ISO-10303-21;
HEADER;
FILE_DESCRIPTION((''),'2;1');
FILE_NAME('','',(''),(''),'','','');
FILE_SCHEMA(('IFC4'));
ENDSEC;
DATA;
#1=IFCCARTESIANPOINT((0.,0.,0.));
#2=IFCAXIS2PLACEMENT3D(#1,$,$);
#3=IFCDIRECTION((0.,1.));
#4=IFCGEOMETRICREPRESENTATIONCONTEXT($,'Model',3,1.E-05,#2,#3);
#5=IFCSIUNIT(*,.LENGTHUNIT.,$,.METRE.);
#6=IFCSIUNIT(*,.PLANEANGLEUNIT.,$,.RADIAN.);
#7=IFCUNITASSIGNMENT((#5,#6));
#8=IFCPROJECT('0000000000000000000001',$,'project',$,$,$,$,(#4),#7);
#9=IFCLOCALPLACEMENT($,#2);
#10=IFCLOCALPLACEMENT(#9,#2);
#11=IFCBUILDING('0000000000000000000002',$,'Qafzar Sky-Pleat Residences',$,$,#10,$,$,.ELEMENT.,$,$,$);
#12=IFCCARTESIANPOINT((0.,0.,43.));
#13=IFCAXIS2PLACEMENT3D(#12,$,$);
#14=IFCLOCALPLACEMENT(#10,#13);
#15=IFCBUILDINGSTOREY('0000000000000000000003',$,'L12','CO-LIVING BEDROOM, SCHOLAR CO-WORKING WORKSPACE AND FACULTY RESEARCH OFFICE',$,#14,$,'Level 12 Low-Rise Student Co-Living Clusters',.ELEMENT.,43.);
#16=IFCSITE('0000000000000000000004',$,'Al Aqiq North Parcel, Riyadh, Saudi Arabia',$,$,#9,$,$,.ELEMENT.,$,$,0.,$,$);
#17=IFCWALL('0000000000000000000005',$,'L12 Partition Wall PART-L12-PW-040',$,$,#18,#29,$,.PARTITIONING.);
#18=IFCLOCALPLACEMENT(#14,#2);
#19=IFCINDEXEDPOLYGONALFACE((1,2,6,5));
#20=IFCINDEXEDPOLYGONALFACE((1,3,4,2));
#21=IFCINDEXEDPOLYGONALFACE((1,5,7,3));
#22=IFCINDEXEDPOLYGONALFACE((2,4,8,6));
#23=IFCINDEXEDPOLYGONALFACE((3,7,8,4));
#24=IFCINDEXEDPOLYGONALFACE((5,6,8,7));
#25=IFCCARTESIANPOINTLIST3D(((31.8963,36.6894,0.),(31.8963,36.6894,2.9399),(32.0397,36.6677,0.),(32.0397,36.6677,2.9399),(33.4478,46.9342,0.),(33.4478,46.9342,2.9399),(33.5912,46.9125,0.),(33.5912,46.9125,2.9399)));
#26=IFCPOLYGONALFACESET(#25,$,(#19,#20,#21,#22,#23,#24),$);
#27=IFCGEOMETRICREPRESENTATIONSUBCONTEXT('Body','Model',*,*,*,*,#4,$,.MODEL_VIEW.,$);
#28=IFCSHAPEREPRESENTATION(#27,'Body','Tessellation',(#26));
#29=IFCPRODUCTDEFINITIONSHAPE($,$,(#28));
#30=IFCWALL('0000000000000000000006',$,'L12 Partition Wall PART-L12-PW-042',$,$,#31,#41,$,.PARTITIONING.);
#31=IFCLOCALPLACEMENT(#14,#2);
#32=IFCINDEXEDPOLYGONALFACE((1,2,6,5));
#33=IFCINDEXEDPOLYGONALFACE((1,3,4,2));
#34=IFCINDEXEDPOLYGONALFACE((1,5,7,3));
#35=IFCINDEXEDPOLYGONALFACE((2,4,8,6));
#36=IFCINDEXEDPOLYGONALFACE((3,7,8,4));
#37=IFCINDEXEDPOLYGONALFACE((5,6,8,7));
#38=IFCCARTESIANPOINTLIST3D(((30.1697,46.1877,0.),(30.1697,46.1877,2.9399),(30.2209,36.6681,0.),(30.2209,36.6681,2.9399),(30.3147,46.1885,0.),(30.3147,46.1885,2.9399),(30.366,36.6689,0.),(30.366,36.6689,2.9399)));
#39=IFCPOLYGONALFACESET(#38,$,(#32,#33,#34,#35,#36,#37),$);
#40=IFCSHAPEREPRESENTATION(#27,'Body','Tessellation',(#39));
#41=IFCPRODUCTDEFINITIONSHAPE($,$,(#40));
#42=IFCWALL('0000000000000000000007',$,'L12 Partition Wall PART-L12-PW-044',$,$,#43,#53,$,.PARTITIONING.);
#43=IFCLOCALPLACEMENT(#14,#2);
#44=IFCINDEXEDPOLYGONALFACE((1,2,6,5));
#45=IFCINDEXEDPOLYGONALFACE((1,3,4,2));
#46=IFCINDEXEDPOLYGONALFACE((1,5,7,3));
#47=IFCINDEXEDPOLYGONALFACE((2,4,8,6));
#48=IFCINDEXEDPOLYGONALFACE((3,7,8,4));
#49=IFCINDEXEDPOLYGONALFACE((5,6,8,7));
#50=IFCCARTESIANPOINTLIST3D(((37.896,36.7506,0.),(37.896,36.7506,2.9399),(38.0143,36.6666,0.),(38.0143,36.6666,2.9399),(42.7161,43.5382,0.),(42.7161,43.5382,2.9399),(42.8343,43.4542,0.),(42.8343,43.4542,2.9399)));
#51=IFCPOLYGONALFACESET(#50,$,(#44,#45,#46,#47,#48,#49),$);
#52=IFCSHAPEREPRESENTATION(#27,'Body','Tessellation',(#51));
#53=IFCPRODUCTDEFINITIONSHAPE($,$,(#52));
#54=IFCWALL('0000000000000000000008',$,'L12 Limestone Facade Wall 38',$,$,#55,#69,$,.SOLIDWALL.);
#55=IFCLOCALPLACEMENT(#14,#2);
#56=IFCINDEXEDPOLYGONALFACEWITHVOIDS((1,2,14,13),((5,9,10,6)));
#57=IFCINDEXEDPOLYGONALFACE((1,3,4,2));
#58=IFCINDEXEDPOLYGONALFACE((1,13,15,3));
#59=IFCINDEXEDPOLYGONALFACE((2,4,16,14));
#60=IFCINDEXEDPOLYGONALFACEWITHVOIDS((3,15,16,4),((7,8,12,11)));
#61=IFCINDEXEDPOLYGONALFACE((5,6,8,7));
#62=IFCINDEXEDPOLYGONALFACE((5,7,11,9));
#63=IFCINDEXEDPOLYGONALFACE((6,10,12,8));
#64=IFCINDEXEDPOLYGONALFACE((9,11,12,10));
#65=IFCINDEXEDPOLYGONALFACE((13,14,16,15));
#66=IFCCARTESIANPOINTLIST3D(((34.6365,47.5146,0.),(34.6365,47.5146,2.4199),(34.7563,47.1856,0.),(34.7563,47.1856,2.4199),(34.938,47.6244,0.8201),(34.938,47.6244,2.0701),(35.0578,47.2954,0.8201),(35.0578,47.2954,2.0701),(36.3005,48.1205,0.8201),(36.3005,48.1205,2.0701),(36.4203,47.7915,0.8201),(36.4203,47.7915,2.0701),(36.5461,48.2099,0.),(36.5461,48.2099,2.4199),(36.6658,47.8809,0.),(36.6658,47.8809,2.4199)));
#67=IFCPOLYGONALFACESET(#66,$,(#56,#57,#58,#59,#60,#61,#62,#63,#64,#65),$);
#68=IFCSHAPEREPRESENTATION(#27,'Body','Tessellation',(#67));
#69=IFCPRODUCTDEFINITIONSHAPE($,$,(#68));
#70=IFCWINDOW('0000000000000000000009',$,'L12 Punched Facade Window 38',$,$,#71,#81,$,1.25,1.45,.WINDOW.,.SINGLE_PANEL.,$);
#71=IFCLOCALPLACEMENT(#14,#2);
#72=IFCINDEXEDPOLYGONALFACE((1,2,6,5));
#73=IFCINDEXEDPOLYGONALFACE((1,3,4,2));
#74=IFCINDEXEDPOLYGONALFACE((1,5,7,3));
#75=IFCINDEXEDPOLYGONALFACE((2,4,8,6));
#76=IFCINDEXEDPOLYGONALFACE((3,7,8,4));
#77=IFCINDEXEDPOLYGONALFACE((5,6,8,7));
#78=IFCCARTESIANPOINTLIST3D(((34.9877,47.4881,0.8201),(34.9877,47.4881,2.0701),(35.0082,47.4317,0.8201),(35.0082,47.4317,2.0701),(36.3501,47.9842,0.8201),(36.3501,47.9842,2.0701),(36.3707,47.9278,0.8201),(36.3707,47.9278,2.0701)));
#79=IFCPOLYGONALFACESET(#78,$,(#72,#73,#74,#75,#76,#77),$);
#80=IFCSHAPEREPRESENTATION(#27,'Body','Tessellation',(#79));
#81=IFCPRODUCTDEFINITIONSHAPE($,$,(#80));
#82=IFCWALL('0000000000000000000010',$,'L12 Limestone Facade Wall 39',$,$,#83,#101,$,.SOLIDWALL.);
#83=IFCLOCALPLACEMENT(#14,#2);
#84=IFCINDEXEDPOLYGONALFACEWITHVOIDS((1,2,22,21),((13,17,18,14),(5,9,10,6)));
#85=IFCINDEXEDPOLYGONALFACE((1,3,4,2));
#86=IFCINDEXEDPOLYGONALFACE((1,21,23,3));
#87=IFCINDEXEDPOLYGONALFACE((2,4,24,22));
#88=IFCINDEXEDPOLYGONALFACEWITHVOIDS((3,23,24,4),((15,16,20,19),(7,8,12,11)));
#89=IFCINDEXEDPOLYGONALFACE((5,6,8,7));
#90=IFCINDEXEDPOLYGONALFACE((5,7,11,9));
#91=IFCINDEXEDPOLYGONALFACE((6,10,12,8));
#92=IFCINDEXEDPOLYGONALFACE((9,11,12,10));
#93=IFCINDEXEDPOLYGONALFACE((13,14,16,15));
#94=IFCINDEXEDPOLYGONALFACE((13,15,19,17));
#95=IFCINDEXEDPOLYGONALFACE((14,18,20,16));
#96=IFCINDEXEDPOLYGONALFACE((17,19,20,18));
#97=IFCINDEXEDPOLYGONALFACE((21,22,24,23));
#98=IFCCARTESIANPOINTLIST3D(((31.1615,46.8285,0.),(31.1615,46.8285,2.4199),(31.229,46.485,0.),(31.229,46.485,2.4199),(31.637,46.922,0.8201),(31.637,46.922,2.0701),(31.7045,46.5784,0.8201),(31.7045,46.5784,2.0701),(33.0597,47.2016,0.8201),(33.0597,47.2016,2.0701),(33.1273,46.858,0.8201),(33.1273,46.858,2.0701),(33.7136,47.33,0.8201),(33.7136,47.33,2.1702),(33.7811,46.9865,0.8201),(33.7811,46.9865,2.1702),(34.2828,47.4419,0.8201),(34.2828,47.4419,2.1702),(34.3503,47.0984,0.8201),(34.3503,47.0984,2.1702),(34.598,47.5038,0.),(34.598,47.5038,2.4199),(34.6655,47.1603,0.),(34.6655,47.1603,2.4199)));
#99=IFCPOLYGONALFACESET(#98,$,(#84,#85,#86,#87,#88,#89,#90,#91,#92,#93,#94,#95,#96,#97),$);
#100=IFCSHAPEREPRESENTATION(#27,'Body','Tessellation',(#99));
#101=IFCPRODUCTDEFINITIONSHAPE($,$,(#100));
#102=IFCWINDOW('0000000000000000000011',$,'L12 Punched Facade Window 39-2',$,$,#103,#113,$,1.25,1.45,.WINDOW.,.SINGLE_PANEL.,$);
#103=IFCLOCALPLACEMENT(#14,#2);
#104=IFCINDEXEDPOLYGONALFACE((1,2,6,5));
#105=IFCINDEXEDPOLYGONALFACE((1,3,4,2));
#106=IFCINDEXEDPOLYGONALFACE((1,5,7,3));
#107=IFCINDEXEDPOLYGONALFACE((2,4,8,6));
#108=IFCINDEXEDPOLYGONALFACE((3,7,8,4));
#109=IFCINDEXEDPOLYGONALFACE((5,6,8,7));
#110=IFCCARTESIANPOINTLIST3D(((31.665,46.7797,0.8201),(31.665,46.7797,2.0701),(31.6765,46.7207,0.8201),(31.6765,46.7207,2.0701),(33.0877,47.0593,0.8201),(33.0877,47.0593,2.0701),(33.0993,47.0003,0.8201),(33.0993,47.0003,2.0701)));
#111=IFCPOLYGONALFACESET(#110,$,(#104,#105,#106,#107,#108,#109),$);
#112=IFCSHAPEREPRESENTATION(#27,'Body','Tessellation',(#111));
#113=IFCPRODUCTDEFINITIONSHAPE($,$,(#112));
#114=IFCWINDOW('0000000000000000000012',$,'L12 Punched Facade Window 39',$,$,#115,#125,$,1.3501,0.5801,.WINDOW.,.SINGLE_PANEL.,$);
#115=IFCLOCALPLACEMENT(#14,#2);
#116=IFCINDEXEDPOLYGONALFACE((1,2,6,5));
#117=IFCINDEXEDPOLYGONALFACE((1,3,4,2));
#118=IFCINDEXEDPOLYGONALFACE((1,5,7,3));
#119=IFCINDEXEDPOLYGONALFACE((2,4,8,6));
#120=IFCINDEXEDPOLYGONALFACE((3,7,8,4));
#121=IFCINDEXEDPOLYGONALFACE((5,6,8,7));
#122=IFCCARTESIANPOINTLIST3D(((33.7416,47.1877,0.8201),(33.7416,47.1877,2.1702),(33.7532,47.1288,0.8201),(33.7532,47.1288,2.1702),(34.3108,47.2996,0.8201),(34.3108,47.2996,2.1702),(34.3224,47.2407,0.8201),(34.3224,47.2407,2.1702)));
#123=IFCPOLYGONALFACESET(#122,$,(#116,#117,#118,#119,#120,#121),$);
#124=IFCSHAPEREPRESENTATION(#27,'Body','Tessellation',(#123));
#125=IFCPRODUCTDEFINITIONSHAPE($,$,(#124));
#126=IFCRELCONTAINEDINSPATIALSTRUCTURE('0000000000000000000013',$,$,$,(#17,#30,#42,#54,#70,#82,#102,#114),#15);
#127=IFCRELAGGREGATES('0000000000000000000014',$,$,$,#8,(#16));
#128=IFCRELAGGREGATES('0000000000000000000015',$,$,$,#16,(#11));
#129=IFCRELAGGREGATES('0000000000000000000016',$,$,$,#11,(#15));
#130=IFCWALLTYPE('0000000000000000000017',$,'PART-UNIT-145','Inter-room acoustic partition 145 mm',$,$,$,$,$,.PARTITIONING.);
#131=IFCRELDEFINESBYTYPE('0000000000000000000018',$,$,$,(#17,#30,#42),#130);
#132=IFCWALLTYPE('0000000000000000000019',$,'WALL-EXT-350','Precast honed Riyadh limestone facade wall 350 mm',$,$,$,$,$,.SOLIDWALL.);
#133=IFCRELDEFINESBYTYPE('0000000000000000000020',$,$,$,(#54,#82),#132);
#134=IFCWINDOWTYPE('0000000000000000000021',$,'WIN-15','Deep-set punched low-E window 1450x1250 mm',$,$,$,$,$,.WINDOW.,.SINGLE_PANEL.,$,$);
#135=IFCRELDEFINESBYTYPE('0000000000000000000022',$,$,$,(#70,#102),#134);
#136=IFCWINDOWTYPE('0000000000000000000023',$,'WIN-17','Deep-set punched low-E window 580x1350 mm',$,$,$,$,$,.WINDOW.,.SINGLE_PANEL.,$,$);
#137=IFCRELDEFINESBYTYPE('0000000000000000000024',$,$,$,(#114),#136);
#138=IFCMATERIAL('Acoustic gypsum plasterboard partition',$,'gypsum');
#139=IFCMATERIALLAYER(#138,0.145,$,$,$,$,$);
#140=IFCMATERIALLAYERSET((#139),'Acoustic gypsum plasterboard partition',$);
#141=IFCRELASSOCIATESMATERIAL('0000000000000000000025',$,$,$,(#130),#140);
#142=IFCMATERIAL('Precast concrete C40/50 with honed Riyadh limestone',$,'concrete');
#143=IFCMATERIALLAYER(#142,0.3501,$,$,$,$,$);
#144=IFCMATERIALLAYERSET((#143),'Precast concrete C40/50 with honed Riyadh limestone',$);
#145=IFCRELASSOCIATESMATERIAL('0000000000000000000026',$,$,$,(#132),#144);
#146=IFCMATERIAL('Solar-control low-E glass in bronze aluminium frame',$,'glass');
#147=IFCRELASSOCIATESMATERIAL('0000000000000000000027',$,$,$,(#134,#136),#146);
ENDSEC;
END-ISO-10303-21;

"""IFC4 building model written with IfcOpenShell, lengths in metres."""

from ifc_helpers import new_model, si_unit, direction, frame, frame_2d, origin, place, context, subcontext, project, spatial, rectangle, extrude, source, transform, mapped, material, layer, layer_set, type_object, element, fill, save


model = new_model("IFC4")

# Units and contexts
model_context = context("Model", 3, precision=1e-05, world=origin(), true_north=direction((0.0, 1.0)))
body_context = subcontext(model_context, "Body", "Model", "MODEL_VIEW")
ifc_project = project(units=[si_unit("LENGTHUNIT", "METRE"), si_unit("PLANEANGLEUNIT", "RADIAN")], contexts=[model_context])

# Site, building, storey
site_placement = place(None, origin())
site = spatial("IfcSite", under=ifc_project, at=site_placement, Name="Al Aqiq North Parcel, Riyadh, Saudi Arabia", CompositionType="ELEMENT", RefElevation=0.0)
building_placement = place(site_placement, origin())
building = spatial("IfcBuilding", under=site, at=building_placement, Name="Qafzar Sky-Pleat Residences", CompositionType="ELEMENT")
storey_placement = place(building_placement, frame((0.0, 0.0, 43.0)))
storey = spatial("IfcBuildingStorey", under=building, at=storey_placement, Name="L12", Description="CO-LIVING BEDROOM, SCHOLAR CO-WORKING WORKSPACE AND FACULTY RESEARCH OFFICE", LongName="Level 12 Low-Rise Student Co-Living Clusters", CompositionType="ELEMENT", Elevation=43.0)

# Shared definitions
ifc_material_1 = material(Name="Acoustic gypsum plasterboard partition", Category="gypsum")

# Walls
ifc_layer_1 = layer(ifc_material_1, 0.145)
ifc_layer_set_1 = layer_set([ifc_layer_1], Name="Acoustic gypsum plasterboard partition")
wall_type_1 = type_object("IfcWallType", Name="PART-UNIT-145", Description="Inter-room acoustic partition 145 mm", PredefinedType="PARTITIONING", material=ifc_layer_set_1)
wall_1_placement = place(storey_placement, frame((31.968, 36.6787, 0.0), z_axis=(0.0, 0.0, 1.0), x_axis=(0.149736, 0.988726, 0.0)))
element("IfcWall", 1, at=wall_1_placement, inside=storey, type_object=wall_type_1, Name="L12 Partition Wall PART-L12-PW-040", PredefinedType="PARTITIONING", context=body_context, shape_type="SweptSolid", body=[
    extrude(rectangle(XDim=10.3616, YDim=0.145, at=frame_2d((5.1807, 0.0))), origin(), (0.0, 0.0, 1.0), 2.9399),
])
wall_2_placement = place(storey_placement, frame((30.2422, 46.188, 0.0), z_axis=(0.0, 0.0, 1.0), x_axis=(0.005386, -0.999985, 0.0)))
element("IfcWall", 2, at=wall_2_placement, inside=storey, type_object=wall_type_1, Name="L12 Partition Wall PART-L12-PW-042", PredefinedType="PARTITIONING", context=body_context, shape_type="SweptSolid", body=[
    extrude(rectangle(XDim=9.5198, YDim=0.145, at=frame_2d((4.7598, 0.0))), origin(), (0.0, 0.0, 1.0), 2.9399),
])
wall_3_placement = place(storey_placement, frame((37.9551, 36.7085, 0.0), z_axis=(0.0, 0.0, 1.0), x_axis=(0.578992, 0.815333, 0.0)))
element("IfcWall", 3, at=wall_3_placement, inside=storey, type_object=wall_type_1, Name="L12 Partition Wall PART-L12-PW-044", PredefinedType="PARTITIONING", context=body_context, shape_type="SweptSolid", body=[
    extrude(rectangle(XDim=8.325, YDim=0.145, at=frame_2d((4.1626, 0.0))), origin(), (0.0, 0.0, 1.0), 2.9399),
])

# Wall, opening, window
ifc_material_2 = material(Name="Precast concrete C40/50 with honed Riyadh limestone", Category="concrete")
ifc_layer_2 = layer(ifc_material_2, 0.3501)
ifc_layer_set_2 = layer_set([ifc_layer_2], Name="Precast concrete C40/50 with honed Riyadh limestone")
wall_type_2 = type_object("IfcWallType", Name="WALL-EXT-350", Description="Precast honed Riyadh limestone facade wall 350 mm", PredefinedType="SOLIDWALL", material=ifc_layer_set_2)
wall_4_placement = place(storey_placement, frame((36.606, 48.0454, 0.0), z_axis=(0.0, 0.0, 1.0), x_axis=(-0.939653, -0.342129, 0.0)))
wall_4 = element("IfcWall", 4, at=wall_4_placement, inside=storey, type_object=wall_type_2, Name="L12 Limestone Facade Wall 38", PredefinedType="SOLIDWALL", context=body_context, shape_type="SweptSolid", body=[
    extrude(rectangle(XDim=2.0322, YDim=0.3501, at=frame_2d((1.0161, 0.0))), origin(), (0.0, 0.0, 1.0), 2.4199),
])
opening_1_placement = place(wall_4_placement, frame((0.2612, 0.0, 0.8201)))
opening_1 = element("IfcOpeningElement", 5, at=opening_1_placement, cuts=wall_4, PredefinedType="OPENING", context=body_context, shape_type="SweptSolid", body=[
    extrude(rectangle(XDim=1.45, YDim=1.25, at=frame_2d((0.7251, 0.625))), frame((0.0, 0.1851, 0.0), z_axis=(0.0, -1.0, 0.0), x_axis=(1.0, 0.0, 0.0)), (0.0, 0.0, 1.0), 0.3701),
])
ifc_material_3 = material(Name="Solar-control low-E glass in bronze aluminium frame", Category="glass")
window_type_1 = type_object("IfcWindowType", Name="WIN-15", Description="Deep-set punched low-E window 1450x1250 mm", PartitioningType="SINGLE_PANEL", PredefinedType="WINDOW", material=ifc_material_3)
shared_shape_1 = source(origin(), body_context, "Body", "SweptSolid", [
    extrude(rectangle(XDim=1.45, YDim=1.25, at=frame_2d((0.7251, 0.625))), frame((0.0, 0.03, 0.0), z_axis=(0.0, -1.0, 0.0), x_axis=(1.0, 0.0, 0.0)), (0.0, 0.0, 1.0), 0.0601),
])
window_1_placement = place(opening_1_placement, origin())
window_1 = element("IfcWindow", 6, at=window_1_placement, inside=storey, type_object=window_type_1, Name="L12 Punched Facade Window 38", OverallHeight=1.25, OverallWidth=1.45, PartitioningType="SINGLE_PANEL", PredefinedType="WINDOW", context=body_context, shape_type="MappedRepresentation", body=[
    mapped(shared_shape_1, transform((0.0, 0.0, 0.0), x_axis=(1.0, 0.0, 0.0), y_axis=(0.0, 1.0, 0.0), z_axis=(0.0, 0.0, 1.0), scale=1.0)),
])
fill(opening_1, window_1)

# Wall, openings, windows
wall_5_placement = place(storey_placement, frame((34.6316, 47.332, 0.0), z_axis=(0.0, 0.0, 1.0), x_axis=(-0.981235, -0.192817, 0.0)))
wall_5 = element("IfcWall", 7, at=wall_5_placement, inside=storey, type_object=wall_type_2, Name="L12 Limestone Facade Wall 39", PredefinedType="SOLIDWALL", context=body_context, shape_type="SweptSolid", body=[
    extrude(rectangle(XDim=3.5022, YDim=0.3501, at=frame_2d((1.751, 0.0))), origin(), (0.0, 0.0, 1.0), 2.4199),
])
opening_2_placement = place(wall_5_placement, frame((0.321, 0.0, 0.8201)))
opening_2 = element("IfcOpeningElement", 8, at=opening_2_placement, cuts=wall_5, PredefinedType="OPENING", context=body_context, shape_type="SweptSolid", body=[
    extrude(rectangle(XDim=0.5801, YDim=1.3501, at=frame_2d((0.29, 0.675))), frame((0.0, 0.1851, 0.0), z_axis=(0.0, -1.0, 0.0), x_axis=(1.0, 0.0, 0.0)), (0.0, 0.0, 1.0), 0.3701),
])
opening_3_placement = place(wall_5_placement, frame((1.5674, 0.0, 0.8201)))
opening_3 = element("IfcOpeningElement", 9, at=opening_3_placement, cuts=wall_5, PredefinedType="OPENING", context=body_context, shape_type="SweptSolid", body=[
    extrude(rectangle(XDim=1.45, YDim=1.25, at=frame_2d((0.7251, 0.625))), frame((0.0, 0.1851, 0.0), z_axis=(0.0, -1.0, 0.0), x_axis=(1.0, 0.0, 0.0)), (0.0, 0.0, 1.0), 0.3701),
])
window_2_placement = place(opening_3_placement, origin())
window_2 = element("IfcWindow", 10, at=window_2_placement, inside=storey, type_object=window_type_1, Name="L12 Punched Facade Window 39-2", OverallHeight=1.25, OverallWidth=1.45, PartitioningType="SINGLE_PANEL", PredefinedType="WINDOW", context=body_context, shape_type="MappedRepresentation", body=[
    mapped(shared_shape_1, transform((0.0, 0.0, 0.0), x_axis=(1.0, 0.0, 0.0), y_axis=(0.0, 1.0, 0.0), z_axis=(0.0, 0.0, 1.0), scale=1.0)),
])
fill(opening_3, window_2)
window_type_2 = type_object("IfcWindowType", Name="WIN-17", Description="Deep-set punched low-E window 580x1350 mm", PartitioningType="SINGLE_PANEL", PredefinedType="WINDOW", material=ifc_material_3)
shared_shape_2 = source(origin(), body_context, "Body", "SweptSolid", [
    extrude(rectangle(XDim=0.5801, YDim=1.3501, at=frame_2d((0.29, 0.675))), frame((0.0, 0.03, 0.0), z_axis=(0.0, -1.0, 0.0), x_axis=(1.0, 0.0, 0.0)), (0.0, 0.0, 1.0), 0.0601),
])
window_3_placement = place(opening_2_placement, origin())
window_3 = element("IfcWindow", 11, at=window_3_placement, inside=storey, type_object=window_type_2, Name="L12 Punched Facade Window 39", OverallHeight=1.3501, OverallWidth=0.5801, PartitioningType="SINGLE_PANEL", PredefinedType="WINDOW", context=body_context, shape_type="MappedRepresentation", body=[
    mapped(shared_shape_2, transform((0.0, 0.0, 0.0), x_axis=(1.0, 0.0, 0.0), y_axis=(0.0, 1.0, 0.0), z_axis=(0.0, 0.0, 1.0), scale=1.0)),
])
fill(opening_2, window_3)

save(model, "model.ifc")
